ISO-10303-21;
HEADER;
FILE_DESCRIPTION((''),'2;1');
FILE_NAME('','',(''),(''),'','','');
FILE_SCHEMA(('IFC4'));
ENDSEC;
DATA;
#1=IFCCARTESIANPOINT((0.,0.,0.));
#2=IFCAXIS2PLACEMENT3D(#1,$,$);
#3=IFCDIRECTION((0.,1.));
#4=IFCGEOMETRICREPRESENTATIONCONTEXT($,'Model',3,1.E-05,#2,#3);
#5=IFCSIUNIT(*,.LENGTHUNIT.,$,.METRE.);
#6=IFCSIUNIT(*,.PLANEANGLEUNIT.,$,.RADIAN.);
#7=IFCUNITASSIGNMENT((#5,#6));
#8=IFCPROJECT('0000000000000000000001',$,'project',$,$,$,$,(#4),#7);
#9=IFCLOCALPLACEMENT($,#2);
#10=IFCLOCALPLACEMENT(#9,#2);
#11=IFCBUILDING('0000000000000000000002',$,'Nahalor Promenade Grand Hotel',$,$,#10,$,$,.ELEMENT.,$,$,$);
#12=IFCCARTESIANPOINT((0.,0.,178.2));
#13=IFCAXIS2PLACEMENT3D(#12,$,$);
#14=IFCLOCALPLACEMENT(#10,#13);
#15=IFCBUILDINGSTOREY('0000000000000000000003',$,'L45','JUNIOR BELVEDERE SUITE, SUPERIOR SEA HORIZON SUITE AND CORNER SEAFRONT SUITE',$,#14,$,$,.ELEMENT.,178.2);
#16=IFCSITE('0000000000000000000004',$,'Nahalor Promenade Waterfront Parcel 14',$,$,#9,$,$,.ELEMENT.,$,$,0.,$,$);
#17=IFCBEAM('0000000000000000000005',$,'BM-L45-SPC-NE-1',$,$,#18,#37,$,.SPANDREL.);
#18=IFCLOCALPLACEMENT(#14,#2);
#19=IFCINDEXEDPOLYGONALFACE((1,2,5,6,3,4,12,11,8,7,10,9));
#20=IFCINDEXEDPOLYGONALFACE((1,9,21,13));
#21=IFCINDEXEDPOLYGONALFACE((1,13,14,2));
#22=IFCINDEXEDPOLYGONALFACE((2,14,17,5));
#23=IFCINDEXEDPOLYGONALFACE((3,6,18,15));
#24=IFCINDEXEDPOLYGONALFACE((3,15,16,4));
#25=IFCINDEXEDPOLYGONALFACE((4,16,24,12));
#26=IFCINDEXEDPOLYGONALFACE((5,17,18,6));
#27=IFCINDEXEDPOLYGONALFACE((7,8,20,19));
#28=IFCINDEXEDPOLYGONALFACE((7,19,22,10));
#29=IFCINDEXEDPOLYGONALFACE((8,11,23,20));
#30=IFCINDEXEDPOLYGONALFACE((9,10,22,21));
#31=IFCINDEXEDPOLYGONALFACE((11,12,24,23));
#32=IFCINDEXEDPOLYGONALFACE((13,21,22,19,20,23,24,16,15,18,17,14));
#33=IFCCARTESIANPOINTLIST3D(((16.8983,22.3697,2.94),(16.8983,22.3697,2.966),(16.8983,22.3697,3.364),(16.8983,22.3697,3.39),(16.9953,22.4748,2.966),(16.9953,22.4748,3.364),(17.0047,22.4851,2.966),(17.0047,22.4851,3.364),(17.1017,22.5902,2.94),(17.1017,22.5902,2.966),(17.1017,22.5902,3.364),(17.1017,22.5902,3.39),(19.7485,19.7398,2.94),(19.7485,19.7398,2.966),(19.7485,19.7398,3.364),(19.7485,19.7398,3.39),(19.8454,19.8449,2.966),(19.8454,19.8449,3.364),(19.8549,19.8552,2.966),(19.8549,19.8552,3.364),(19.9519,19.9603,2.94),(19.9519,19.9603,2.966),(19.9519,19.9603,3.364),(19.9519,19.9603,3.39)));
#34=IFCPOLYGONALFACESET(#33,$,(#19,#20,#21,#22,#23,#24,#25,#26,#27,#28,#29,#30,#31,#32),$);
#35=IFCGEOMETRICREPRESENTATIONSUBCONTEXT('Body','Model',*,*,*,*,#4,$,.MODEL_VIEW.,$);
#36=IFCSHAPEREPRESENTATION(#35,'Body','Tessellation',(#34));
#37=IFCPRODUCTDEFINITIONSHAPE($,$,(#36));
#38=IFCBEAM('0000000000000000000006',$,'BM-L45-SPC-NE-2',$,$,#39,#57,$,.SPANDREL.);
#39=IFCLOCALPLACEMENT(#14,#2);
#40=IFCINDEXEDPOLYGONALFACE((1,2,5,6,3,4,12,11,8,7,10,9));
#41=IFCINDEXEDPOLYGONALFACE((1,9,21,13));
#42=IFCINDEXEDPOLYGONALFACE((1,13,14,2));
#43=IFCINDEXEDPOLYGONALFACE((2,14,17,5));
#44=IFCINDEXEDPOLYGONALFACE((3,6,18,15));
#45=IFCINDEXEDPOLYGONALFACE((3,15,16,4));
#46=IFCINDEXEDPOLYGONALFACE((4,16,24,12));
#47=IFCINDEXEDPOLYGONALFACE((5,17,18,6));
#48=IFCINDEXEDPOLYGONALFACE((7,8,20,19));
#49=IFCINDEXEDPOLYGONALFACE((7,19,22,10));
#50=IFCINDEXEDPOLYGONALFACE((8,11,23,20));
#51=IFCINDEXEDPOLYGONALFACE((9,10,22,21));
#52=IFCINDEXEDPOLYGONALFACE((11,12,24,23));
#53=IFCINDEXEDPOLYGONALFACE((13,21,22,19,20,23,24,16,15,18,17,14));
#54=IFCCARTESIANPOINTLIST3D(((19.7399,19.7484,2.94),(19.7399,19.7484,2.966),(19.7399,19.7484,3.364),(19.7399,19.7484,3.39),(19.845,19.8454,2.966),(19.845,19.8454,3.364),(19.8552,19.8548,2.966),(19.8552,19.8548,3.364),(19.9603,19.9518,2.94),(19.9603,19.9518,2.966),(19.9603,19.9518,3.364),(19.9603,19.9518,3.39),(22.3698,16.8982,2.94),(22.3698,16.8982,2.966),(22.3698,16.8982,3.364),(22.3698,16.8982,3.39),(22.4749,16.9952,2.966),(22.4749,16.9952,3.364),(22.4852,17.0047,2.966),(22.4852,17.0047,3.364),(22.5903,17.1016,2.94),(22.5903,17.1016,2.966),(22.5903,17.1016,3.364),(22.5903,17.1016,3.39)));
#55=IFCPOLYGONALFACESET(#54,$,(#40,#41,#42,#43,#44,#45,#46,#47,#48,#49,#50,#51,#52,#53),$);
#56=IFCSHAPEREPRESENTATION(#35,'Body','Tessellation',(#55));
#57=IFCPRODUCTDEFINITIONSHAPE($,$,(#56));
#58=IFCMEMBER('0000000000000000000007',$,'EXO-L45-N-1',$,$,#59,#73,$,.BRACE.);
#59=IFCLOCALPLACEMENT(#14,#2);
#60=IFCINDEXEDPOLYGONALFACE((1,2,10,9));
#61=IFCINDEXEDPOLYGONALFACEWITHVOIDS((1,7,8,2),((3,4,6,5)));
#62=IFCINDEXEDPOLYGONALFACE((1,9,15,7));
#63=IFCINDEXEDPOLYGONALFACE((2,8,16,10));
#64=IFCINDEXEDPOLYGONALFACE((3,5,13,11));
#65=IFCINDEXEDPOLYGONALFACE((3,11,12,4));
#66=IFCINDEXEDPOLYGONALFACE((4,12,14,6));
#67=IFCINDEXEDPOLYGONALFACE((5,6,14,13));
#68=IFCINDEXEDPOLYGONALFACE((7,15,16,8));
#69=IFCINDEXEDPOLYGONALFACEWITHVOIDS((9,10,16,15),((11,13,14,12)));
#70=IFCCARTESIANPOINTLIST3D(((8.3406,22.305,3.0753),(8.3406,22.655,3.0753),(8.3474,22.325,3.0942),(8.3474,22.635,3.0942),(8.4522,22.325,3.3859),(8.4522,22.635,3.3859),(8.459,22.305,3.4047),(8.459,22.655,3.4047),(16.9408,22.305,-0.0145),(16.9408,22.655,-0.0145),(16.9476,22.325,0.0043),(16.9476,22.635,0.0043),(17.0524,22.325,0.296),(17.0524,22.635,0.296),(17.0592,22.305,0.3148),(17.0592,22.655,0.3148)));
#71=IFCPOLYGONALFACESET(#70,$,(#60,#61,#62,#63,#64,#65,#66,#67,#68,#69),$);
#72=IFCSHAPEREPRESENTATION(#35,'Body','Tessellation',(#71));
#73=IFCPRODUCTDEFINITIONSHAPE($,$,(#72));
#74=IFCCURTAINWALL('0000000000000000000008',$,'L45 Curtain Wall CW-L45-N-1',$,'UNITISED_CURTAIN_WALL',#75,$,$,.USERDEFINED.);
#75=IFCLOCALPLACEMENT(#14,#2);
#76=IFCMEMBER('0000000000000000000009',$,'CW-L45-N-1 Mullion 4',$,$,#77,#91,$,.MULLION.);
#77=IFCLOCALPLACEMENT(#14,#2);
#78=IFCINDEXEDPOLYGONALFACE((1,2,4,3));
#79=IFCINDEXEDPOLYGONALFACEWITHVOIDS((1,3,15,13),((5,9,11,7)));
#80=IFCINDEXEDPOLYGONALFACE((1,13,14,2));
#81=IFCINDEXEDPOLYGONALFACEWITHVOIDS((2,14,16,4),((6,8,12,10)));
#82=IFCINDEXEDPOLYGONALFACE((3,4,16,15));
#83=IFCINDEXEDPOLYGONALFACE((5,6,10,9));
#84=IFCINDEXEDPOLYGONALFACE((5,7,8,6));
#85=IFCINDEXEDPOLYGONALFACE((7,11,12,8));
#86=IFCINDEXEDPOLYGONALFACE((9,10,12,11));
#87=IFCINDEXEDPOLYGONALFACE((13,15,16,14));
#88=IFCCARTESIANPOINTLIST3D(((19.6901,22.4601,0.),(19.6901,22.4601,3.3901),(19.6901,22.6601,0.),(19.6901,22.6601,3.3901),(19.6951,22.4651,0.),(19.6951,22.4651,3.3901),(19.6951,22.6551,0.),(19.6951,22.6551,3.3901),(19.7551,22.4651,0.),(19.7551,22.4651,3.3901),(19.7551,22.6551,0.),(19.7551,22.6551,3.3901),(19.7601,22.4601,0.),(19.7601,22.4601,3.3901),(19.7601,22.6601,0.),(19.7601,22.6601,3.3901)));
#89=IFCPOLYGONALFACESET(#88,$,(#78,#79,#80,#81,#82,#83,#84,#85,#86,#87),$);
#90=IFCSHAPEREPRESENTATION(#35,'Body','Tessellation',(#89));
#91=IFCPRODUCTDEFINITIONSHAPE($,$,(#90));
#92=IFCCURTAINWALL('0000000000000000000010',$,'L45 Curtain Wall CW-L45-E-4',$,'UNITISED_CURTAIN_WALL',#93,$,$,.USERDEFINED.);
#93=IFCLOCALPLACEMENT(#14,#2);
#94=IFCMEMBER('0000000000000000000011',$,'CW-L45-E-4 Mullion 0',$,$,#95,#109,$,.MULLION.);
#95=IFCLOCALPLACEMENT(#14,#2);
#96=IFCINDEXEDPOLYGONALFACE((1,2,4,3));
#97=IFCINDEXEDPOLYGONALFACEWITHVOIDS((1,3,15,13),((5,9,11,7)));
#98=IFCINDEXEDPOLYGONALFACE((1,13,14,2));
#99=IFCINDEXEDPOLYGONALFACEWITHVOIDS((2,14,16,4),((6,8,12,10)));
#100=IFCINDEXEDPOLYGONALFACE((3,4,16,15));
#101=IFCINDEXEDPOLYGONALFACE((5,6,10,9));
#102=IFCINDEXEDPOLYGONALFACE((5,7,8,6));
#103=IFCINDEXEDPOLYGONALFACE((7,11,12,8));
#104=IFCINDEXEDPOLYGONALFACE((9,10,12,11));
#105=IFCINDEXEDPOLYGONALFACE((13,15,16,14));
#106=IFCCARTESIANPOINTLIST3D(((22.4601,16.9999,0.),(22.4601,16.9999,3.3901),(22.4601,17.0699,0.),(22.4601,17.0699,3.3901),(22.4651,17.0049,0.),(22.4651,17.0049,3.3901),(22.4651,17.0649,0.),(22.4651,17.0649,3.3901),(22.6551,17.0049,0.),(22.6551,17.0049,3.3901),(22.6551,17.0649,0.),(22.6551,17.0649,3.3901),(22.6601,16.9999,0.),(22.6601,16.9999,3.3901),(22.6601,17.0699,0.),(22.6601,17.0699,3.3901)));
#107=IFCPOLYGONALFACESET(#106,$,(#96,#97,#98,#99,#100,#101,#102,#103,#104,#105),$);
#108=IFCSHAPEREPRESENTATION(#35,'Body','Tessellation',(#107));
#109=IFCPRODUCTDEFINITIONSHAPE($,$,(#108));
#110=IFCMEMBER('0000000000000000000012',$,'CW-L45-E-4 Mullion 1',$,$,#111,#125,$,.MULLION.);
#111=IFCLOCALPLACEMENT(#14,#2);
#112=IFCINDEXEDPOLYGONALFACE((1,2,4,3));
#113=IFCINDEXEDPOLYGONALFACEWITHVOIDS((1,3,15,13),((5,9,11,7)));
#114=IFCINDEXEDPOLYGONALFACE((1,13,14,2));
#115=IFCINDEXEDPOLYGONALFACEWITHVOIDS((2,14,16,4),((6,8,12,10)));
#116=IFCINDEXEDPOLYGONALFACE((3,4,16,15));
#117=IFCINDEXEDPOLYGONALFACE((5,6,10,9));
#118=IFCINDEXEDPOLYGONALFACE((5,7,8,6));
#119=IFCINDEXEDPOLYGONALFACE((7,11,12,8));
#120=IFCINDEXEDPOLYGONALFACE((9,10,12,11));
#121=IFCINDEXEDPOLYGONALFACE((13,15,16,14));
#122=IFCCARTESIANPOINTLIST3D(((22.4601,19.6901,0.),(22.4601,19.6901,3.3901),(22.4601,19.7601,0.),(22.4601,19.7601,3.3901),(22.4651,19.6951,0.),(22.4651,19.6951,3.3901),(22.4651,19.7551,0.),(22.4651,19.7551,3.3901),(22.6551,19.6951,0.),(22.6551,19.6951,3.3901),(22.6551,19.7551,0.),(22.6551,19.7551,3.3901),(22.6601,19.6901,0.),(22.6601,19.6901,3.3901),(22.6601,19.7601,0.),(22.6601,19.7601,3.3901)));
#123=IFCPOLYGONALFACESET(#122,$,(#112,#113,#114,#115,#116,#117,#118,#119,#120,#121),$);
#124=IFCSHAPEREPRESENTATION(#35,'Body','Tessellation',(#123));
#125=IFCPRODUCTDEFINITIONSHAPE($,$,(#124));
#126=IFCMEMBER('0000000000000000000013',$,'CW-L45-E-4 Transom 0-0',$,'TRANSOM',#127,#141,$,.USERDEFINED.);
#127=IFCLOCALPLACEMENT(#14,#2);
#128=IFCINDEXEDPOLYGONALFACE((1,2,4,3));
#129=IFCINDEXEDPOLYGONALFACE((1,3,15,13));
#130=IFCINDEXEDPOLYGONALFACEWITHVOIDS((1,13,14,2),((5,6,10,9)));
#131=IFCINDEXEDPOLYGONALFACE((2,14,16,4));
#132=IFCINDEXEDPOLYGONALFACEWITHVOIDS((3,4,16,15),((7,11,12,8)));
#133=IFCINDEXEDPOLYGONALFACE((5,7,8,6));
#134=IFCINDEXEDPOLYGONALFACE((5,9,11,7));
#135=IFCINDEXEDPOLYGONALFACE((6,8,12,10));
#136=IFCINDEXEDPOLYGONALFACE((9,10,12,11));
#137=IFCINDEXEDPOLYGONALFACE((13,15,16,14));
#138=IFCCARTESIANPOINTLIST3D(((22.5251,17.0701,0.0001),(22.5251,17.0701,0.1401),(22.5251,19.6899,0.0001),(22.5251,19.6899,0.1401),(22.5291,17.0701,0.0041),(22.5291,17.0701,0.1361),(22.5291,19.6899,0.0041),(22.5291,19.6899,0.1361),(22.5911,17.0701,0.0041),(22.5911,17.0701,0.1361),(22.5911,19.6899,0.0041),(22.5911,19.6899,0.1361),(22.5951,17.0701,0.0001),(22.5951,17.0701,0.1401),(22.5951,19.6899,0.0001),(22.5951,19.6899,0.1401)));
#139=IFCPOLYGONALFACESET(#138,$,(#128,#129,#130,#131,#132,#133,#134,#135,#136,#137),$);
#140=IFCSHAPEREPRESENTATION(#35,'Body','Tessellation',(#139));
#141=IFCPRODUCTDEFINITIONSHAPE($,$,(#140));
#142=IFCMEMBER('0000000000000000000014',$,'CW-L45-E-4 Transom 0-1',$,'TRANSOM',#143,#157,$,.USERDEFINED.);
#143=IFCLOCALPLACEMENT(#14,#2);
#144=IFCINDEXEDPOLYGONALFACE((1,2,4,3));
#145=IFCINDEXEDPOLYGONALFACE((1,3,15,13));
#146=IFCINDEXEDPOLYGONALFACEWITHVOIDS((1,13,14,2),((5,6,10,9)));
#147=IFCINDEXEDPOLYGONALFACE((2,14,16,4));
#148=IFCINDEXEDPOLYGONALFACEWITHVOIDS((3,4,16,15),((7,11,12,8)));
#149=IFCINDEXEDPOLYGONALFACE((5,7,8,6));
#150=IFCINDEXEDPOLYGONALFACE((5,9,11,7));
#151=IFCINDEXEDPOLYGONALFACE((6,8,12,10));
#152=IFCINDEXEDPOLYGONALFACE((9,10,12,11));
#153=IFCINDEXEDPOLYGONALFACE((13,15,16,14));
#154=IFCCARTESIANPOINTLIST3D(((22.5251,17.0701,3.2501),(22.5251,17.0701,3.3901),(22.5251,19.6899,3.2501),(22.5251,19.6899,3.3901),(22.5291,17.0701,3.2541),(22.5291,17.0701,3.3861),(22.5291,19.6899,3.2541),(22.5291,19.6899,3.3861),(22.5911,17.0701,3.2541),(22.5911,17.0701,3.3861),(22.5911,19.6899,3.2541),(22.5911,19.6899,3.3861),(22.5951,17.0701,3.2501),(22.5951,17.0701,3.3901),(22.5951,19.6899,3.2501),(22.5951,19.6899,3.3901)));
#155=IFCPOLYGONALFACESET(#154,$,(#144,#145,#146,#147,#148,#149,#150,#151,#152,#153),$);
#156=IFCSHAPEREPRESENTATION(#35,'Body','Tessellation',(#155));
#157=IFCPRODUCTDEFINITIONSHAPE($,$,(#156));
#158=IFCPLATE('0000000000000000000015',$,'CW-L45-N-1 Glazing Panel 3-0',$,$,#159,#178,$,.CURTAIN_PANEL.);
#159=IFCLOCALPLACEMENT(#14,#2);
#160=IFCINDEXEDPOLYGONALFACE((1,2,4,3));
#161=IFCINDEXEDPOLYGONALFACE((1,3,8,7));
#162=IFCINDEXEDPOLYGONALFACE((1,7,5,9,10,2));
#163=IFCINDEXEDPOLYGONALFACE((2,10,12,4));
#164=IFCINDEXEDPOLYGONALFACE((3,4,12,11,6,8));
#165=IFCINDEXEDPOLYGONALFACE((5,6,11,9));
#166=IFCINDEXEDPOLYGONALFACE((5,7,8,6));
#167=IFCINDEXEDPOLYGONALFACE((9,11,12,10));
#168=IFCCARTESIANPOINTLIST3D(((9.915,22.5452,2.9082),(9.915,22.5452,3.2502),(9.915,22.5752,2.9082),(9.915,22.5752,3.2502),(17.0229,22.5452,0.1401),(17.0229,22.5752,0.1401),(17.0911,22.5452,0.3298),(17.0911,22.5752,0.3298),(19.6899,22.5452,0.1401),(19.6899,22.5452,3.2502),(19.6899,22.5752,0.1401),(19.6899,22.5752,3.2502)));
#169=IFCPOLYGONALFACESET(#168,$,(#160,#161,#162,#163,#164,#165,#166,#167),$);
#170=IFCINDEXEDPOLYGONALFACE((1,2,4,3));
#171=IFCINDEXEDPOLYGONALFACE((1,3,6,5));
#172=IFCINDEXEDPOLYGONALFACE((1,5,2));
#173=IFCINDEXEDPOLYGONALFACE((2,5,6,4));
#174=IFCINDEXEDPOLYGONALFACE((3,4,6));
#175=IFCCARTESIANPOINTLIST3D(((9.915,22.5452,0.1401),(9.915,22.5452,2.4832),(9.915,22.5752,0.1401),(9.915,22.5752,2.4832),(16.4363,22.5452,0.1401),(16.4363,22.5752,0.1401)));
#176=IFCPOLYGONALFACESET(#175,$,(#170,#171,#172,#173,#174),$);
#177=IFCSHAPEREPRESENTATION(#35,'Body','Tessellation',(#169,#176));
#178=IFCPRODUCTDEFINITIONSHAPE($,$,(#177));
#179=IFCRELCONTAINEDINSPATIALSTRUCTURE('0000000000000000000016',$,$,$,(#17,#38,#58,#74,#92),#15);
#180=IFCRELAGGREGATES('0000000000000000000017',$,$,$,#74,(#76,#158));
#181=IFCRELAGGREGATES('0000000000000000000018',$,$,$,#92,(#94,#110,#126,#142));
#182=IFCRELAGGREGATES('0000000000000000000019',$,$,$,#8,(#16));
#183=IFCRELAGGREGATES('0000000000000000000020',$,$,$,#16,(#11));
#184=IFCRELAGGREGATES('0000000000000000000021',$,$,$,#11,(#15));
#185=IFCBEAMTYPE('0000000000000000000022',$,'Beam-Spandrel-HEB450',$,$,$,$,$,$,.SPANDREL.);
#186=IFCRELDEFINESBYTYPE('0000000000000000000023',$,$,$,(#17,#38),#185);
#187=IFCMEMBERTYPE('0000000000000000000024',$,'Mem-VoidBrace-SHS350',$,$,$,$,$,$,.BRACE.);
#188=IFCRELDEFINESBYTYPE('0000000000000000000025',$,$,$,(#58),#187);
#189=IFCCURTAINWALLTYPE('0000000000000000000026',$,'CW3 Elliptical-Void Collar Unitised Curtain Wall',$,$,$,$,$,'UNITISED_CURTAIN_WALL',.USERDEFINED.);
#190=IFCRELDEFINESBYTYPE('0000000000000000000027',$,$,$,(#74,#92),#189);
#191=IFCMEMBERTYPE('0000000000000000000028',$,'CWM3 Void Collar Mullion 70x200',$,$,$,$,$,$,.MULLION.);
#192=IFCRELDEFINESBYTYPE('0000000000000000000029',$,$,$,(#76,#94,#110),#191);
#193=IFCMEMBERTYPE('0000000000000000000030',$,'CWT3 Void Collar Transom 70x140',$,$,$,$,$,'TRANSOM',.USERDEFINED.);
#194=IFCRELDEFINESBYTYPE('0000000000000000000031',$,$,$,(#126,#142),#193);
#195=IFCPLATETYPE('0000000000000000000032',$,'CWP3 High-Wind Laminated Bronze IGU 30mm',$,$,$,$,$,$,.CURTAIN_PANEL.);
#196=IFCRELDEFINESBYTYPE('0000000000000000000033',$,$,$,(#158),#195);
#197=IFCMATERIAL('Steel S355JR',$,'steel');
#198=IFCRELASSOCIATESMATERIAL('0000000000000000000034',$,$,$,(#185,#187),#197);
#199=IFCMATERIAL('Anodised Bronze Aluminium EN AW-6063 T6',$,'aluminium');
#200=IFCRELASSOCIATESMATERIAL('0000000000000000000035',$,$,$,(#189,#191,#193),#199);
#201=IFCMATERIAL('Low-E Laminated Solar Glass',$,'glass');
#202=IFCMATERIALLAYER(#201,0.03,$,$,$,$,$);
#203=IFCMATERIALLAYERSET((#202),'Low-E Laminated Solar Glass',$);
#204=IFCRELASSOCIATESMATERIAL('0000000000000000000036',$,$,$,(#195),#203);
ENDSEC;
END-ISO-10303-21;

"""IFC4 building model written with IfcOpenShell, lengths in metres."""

from ifc_helpers import new_model, si_unit, direction, frame, origin, origin_2d, place, context, subcontext, project, spatial, polyline, hollow_rectangle, i_section, outline, extrude, source, transform, mapped, material, layer, layer_set, material_profile, profile_set, type_object, element, aggregate, save


model = new_model("IFC4")

# Units and contexts
model_context = context("Model", 3, precision=1e-05, world=origin(), true_north=direction((0.0, 1.0)))
body_context = subcontext(model_context, "Body", "Model", "MODEL_VIEW")
ifc_project = project(units=[si_unit("LENGTHUNIT", "METRE"), si_unit("PLANEANGLEUNIT", "RADIAN")], contexts=[model_context])

# Site, building, storey
site_placement = place(None, origin())
site = spatial("IfcSite", under=ifc_project, at=site_placement, Name="Nahalor Promenade Waterfront Parcel 14", CompositionType="ELEMENT", RefElevation=0.0)
building_placement = place(site_placement, origin())
building = spatial("IfcBuilding", under=site, at=building_placement, Name="Nahalor Promenade Grand Hotel", CompositionType="ELEMENT")
storey_placement = place(building_placement, frame((0.0, 0.0, 178.2)))
storey = spatial("IfcBuildingStorey", under=building, at=storey_placement, Name="L45", Description="JUNIOR BELVEDERE SUITE, SUPERIOR SEA HORIZON SUITE AND CORNER SEAFRONT SUITE", CompositionType="ELEMENT", Elevation=178.2)

# Beams
ifc_material_1 = material(Name="Steel S355JR", Category="steel")
ifc_material_profile_1 = material_profile(ifc_material_1, i_section(OverallWidth=0.3, OverallDepth=0.45, WebThickness=0.014, FlangeThickness=0.026, at=origin_2d()), Name="HEB 450")
ifc_profile_set_1 = profile_set([ifc_material_profile_1], Name="Steel S355JR")
beam_type_1 = type_object("IfcBeamType", Name="Beam-Spandrel-HEB450", PredefinedType="SPANDREL", material=ifc_profile_set_1)
shared_shape_1 = source(origin(), body_context, "Body", "SweptSolid", [
    extrude(i_section(OverallWidth=0.3, OverallDepth=0.45, WebThickness=0.014, FlangeThickness=0.026, at=origin_2d()), origin(), (0.0, 0.0, 1.0), 3.8782),
])
for number, where, z_axis, x_axis, name in (
    (1, (17.0, 22.48, 3.165), (0.734929, -0.678144, 0.0), (0.678144, 0.734929, 0.0), "BM-L45-SPC-NE-1"),
    (2, (19.8501, 19.8501, 3.165), (0.678144, -0.734929, 0.0), (0.734929, 0.678144, 0.0), "BM-L45-SPC-NE-2"),
):
    element("IfcBeam", number, at=place(storey_placement, frame(where, z_axis=z_axis, x_axis=x_axis)), inside=storey, type_object=beam_type_1, Name=name, PredefinedType="SPANDREL", context=body_context, shape_type="MappedRepresentation", body=[
        mapped(shared_shape_1, transform((0.0, 0.0, 0.0), scale=1.0)),
    ])

# Member
ifc_material_profile_2 = material_profile(ifc_material_1, hollow_rectangle(XDim=0.35, YDim=0.35, WallThickness=0.02, at=origin_2d()), Name="SHS 350x350x20")
ifc_profile_set_2 = profile_set([ifc_material_profile_2], Name="Steel S355JR")
member_type_1 = type_object("IfcMemberType", Name="Mem-VoidBrace-SHS350", PredefinedType="BRACE", material=ifc_profile_set_2)
shared_shape_2 = source(origin(), body_context, "Body", "SweptSolid", [
    extrude(hollow_rectangle(XDim=0.35, YDim=0.35, WallThickness=0.02, at=origin_2d()), origin(), (0.0, 0.0, 1.0), 9.1384),
])
member_1_placement = place(storey_placement, frame((17.0, 22.48, 0.1501), z_axis=(-0.941103, 0.0, 0.33812), x_axis=(0.0, -1.0, 0.0)))
element("IfcMember", 3, at=member_1_placement, inside=storey, type_object=member_type_1, Name="EXO-L45-N-1", PredefinedType="BRACE", context=body_context, shape_type="MappedRepresentation", body=[
    mapped(shared_shape_2, transform((0.0, 0.0, 0.0), scale=1.0)),
])

# Curtain wall, member
ifc_material_2 = material(Name="Anodised Bronze Aluminium EN AW-6063 T6", Category="aluminium")
curtain_wall_type = type_object("IfcCurtainWallType", Name="CW3 Elliptical-Void Collar Unitised Curtain Wall", ElementType="UNITISED_CURTAIN_WALL", PredefinedType="USERDEFINED", material=ifc_material_2)
curtain_wall_1_placement = place(storey_placement, origin())
curtain_wall_1 = element("IfcCurtainWall", 4, at=curtain_wall_1_placement, inside=storey, type_object=curtain_wall_type, Name="L45 Curtain Wall CW-L45-N-1", ObjectType="UNITISED_CURTAIN_WALL", PredefinedType="USERDEFINED")
ifc_material_profile_3 = material_profile(ifc_material_2, hollow_rectangle(XDim=0.07, YDim=0.2, WallThickness=0.005, at=origin_2d()), Name="CWM 70x200x5")
ifc_profile_set_3 = profile_set([ifc_material_profile_3], Name="Anodised Bronze Aluminium EN AW-6063 T6")
member_type_2 = type_object("IfcMemberType", Name="CWM3 Void Collar Mullion 70x200", PredefinedType="MULLION", material=ifc_profile_set_3)
shared_shape_3 = source(origin(), body_context, "Body", "SweptSolid", [
    extrude(hollow_rectangle(XDim=0.07, YDim=0.2, WallThickness=0.005, at=origin_2d()), origin(), (0.0, 0.0, 1.0), 3.3901),
])
member_2_placement = place(storey_placement, frame((19.7251, 22.5601, 0.0), z_axis=(0.0, 0.0, 1.0), x_axis=(1.0, 0.0, 0.0)))
member_2 = element("IfcMember", 5, at=member_2_placement, type_object=member_type_2, Name="CW-L45-N-1 Mullion 4", PredefinedType="MULLION", context=body_context, shape_type="MappedRepresentation", body=[
    mapped(shared_shape_3, transform((0.0, 0.0, 0.0), scale=1.0)),
])

# Curtain wall, members
curtain_wall_2_placement = place(storey_placement, origin())
curtain_wall_2 = element("IfcCurtainWall", 6, at=curtain_wall_2_placement, inside=storey, type_object=curtain_wall_type, Name="L45 Curtain Wall CW-L45-E-4", ObjectType="UNITISED_CURTAIN_WALL", PredefinedType="USERDEFINED")
member_3_placement = place(storey_placement, frame((22.5601, 17.0349, 0.0), z_axis=(0.0, 0.0, 1.0), x_axis=(0.0, 1.0, 0.0)))
member_3 = element("IfcMember", 7, at=member_3_placement, type_object=member_type_2, Name="CW-L45-E-4 Mullion 0", PredefinedType="MULLION", context=body_context, shape_type="MappedRepresentation", body=[
    mapped(shared_shape_3, transform((0.0, 0.0, 0.0), scale=1.0)),
])
member_4_placement = place(storey_placement, frame((22.5601, 19.7251, 0.0), z_axis=(0.0, 0.0, 1.0), x_axis=(0.0, 1.0, 0.0)))
member_4 = element("IfcMember", 8, at=member_4_placement, type_object=member_type_2, Name="CW-L45-E-4 Mullion 1", PredefinedType="MULLION", context=body_context, shape_type="MappedRepresentation", body=[
    mapped(shared_shape_3, transform((0.0, 0.0, 0.0), scale=1.0)),
])
ifc_material_profile_4 = material_profile(ifc_material_2, hollow_rectangle(XDim=0.07, YDim=0.14, WallThickness=0.004, at=origin_2d()), Name="CWT 70x140x4")
ifc_profile_set_4 = profile_set([ifc_material_profile_4], Name="Anodised Bronze Aluminium EN AW-6063 T6")
member_type_3 = type_object("IfcMemberType", Name="CWT3 Void Collar Transom 70x140", ElementType="TRANSOM", PredefinedType="USERDEFINED", material=ifc_profile_set_4)
shared_shape_4 = source(origin(), body_context, "Body", "SweptSolid", [
    extrude(hollow_rectangle(XDim=0.07, YDim=0.14, WallThickness=0.004, at=origin_2d()), origin(), (0.0, 0.0, 1.0), 2.6199),
])
member_5_placement = place(storey_placement, frame((22.5601, 17.0701, 0.0701), z_axis=(0.0, 1.0, 0.0), x_axis=(-1.0, 0.0, 0.0)))
member_5 = element("IfcMember", 9, at=member_5_placement, type_object=member_type_3, Name="CW-L45-E-4 Transom 0-0", ObjectType="TRANSOM", PredefinedType="USERDEFINED", context=body_context, shape_type="MappedRepresentation", body=[
    mapped(shared_shape_4, transform((0.0, 0.0, 0.0), scale=1.0)),
])
member_6_placement = place(storey_placement, frame((22.5601, 17.0701, 3.3201), z_axis=(0.0, 1.0, 0.0), x_axis=(-1.0, 0.0, 0.0)))
member_6 = element("IfcMember", 10, at=member_6_placement, type_object=member_type_3, Name="CW-L45-E-4 Transom 0-1", ObjectType="TRANSOM", PredefinedType="USERDEFINED", context=body_context, shape_type="MappedRepresentation", body=[
    mapped(shared_shape_4, transform((0.0, 0.0, 0.0), scale=1.0)),
])

# Plate
ifc_material_3 = material(Name="Low-E Laminated Solar Glass", Category="glass")
ifc_layer_1 = layer(ifc_material_3, 0.03)
ifc_layer_set_1 = layer_set([ifc_layer_1], Name="Low-E Laminated Solar Glass")
plate_type = type_object("IfcPlateType", Name="CWP3 High-Wind Laminated Bronze IGU 30mm", PredefinedType="CURTAIN_PANEL", material=ifc_layer_set_1)
plate_1_placement = place(storey_placement, frame((14.8025, 22.5601, 0.1401), z_axis=(0.0, 0.0, 1.0), x_axis=(1.0, 0.0, 0.0)))
plate_1 = element("IfcPlate", 11, at=plate_1_placement, type_object=plate_type, Name="CW-L45-N-1 Glazing Panel 3-0", PredefinedType="CURTAIN_PANEL", context=body_context, shape_type="SweptSolid", body=[
    extrude(outline(polyline([(4.8875, 3.1101), (-4.8875, 3.1101), (-4.8875, 2.7681), (2.2886, 0.1897), (2.2205, 0.0), (4.8875, 0.0), (4.8875, 3.1101)])), frame((0.0, 0.0151, 0.0), z_axis=(0.0, -1.0, 0.0), x_axis=(1.0, 0.0, 0.0)), (0.0, 0.0, 1.0), 0.03),
    extrude(outline(polyline([(-4.8875, 2.343), (-4.8875, 0.0), (1.6338, 0.0), (-4.8875, 2.343)])), frame((0.0, 0.0151, 0.0), z_axis=(0.0, -1.0, 0.0), x_axis=(1.0, 0.0, 0.0)), (0.0, 0.0, 1.0), 0.03),
])
aggregate(curtain_wall_1, [member_2, plate_1])
aggregate(curtain_wall_2, [member_3, member_4, member_5, member_6])

save(model, "model.ifc")
